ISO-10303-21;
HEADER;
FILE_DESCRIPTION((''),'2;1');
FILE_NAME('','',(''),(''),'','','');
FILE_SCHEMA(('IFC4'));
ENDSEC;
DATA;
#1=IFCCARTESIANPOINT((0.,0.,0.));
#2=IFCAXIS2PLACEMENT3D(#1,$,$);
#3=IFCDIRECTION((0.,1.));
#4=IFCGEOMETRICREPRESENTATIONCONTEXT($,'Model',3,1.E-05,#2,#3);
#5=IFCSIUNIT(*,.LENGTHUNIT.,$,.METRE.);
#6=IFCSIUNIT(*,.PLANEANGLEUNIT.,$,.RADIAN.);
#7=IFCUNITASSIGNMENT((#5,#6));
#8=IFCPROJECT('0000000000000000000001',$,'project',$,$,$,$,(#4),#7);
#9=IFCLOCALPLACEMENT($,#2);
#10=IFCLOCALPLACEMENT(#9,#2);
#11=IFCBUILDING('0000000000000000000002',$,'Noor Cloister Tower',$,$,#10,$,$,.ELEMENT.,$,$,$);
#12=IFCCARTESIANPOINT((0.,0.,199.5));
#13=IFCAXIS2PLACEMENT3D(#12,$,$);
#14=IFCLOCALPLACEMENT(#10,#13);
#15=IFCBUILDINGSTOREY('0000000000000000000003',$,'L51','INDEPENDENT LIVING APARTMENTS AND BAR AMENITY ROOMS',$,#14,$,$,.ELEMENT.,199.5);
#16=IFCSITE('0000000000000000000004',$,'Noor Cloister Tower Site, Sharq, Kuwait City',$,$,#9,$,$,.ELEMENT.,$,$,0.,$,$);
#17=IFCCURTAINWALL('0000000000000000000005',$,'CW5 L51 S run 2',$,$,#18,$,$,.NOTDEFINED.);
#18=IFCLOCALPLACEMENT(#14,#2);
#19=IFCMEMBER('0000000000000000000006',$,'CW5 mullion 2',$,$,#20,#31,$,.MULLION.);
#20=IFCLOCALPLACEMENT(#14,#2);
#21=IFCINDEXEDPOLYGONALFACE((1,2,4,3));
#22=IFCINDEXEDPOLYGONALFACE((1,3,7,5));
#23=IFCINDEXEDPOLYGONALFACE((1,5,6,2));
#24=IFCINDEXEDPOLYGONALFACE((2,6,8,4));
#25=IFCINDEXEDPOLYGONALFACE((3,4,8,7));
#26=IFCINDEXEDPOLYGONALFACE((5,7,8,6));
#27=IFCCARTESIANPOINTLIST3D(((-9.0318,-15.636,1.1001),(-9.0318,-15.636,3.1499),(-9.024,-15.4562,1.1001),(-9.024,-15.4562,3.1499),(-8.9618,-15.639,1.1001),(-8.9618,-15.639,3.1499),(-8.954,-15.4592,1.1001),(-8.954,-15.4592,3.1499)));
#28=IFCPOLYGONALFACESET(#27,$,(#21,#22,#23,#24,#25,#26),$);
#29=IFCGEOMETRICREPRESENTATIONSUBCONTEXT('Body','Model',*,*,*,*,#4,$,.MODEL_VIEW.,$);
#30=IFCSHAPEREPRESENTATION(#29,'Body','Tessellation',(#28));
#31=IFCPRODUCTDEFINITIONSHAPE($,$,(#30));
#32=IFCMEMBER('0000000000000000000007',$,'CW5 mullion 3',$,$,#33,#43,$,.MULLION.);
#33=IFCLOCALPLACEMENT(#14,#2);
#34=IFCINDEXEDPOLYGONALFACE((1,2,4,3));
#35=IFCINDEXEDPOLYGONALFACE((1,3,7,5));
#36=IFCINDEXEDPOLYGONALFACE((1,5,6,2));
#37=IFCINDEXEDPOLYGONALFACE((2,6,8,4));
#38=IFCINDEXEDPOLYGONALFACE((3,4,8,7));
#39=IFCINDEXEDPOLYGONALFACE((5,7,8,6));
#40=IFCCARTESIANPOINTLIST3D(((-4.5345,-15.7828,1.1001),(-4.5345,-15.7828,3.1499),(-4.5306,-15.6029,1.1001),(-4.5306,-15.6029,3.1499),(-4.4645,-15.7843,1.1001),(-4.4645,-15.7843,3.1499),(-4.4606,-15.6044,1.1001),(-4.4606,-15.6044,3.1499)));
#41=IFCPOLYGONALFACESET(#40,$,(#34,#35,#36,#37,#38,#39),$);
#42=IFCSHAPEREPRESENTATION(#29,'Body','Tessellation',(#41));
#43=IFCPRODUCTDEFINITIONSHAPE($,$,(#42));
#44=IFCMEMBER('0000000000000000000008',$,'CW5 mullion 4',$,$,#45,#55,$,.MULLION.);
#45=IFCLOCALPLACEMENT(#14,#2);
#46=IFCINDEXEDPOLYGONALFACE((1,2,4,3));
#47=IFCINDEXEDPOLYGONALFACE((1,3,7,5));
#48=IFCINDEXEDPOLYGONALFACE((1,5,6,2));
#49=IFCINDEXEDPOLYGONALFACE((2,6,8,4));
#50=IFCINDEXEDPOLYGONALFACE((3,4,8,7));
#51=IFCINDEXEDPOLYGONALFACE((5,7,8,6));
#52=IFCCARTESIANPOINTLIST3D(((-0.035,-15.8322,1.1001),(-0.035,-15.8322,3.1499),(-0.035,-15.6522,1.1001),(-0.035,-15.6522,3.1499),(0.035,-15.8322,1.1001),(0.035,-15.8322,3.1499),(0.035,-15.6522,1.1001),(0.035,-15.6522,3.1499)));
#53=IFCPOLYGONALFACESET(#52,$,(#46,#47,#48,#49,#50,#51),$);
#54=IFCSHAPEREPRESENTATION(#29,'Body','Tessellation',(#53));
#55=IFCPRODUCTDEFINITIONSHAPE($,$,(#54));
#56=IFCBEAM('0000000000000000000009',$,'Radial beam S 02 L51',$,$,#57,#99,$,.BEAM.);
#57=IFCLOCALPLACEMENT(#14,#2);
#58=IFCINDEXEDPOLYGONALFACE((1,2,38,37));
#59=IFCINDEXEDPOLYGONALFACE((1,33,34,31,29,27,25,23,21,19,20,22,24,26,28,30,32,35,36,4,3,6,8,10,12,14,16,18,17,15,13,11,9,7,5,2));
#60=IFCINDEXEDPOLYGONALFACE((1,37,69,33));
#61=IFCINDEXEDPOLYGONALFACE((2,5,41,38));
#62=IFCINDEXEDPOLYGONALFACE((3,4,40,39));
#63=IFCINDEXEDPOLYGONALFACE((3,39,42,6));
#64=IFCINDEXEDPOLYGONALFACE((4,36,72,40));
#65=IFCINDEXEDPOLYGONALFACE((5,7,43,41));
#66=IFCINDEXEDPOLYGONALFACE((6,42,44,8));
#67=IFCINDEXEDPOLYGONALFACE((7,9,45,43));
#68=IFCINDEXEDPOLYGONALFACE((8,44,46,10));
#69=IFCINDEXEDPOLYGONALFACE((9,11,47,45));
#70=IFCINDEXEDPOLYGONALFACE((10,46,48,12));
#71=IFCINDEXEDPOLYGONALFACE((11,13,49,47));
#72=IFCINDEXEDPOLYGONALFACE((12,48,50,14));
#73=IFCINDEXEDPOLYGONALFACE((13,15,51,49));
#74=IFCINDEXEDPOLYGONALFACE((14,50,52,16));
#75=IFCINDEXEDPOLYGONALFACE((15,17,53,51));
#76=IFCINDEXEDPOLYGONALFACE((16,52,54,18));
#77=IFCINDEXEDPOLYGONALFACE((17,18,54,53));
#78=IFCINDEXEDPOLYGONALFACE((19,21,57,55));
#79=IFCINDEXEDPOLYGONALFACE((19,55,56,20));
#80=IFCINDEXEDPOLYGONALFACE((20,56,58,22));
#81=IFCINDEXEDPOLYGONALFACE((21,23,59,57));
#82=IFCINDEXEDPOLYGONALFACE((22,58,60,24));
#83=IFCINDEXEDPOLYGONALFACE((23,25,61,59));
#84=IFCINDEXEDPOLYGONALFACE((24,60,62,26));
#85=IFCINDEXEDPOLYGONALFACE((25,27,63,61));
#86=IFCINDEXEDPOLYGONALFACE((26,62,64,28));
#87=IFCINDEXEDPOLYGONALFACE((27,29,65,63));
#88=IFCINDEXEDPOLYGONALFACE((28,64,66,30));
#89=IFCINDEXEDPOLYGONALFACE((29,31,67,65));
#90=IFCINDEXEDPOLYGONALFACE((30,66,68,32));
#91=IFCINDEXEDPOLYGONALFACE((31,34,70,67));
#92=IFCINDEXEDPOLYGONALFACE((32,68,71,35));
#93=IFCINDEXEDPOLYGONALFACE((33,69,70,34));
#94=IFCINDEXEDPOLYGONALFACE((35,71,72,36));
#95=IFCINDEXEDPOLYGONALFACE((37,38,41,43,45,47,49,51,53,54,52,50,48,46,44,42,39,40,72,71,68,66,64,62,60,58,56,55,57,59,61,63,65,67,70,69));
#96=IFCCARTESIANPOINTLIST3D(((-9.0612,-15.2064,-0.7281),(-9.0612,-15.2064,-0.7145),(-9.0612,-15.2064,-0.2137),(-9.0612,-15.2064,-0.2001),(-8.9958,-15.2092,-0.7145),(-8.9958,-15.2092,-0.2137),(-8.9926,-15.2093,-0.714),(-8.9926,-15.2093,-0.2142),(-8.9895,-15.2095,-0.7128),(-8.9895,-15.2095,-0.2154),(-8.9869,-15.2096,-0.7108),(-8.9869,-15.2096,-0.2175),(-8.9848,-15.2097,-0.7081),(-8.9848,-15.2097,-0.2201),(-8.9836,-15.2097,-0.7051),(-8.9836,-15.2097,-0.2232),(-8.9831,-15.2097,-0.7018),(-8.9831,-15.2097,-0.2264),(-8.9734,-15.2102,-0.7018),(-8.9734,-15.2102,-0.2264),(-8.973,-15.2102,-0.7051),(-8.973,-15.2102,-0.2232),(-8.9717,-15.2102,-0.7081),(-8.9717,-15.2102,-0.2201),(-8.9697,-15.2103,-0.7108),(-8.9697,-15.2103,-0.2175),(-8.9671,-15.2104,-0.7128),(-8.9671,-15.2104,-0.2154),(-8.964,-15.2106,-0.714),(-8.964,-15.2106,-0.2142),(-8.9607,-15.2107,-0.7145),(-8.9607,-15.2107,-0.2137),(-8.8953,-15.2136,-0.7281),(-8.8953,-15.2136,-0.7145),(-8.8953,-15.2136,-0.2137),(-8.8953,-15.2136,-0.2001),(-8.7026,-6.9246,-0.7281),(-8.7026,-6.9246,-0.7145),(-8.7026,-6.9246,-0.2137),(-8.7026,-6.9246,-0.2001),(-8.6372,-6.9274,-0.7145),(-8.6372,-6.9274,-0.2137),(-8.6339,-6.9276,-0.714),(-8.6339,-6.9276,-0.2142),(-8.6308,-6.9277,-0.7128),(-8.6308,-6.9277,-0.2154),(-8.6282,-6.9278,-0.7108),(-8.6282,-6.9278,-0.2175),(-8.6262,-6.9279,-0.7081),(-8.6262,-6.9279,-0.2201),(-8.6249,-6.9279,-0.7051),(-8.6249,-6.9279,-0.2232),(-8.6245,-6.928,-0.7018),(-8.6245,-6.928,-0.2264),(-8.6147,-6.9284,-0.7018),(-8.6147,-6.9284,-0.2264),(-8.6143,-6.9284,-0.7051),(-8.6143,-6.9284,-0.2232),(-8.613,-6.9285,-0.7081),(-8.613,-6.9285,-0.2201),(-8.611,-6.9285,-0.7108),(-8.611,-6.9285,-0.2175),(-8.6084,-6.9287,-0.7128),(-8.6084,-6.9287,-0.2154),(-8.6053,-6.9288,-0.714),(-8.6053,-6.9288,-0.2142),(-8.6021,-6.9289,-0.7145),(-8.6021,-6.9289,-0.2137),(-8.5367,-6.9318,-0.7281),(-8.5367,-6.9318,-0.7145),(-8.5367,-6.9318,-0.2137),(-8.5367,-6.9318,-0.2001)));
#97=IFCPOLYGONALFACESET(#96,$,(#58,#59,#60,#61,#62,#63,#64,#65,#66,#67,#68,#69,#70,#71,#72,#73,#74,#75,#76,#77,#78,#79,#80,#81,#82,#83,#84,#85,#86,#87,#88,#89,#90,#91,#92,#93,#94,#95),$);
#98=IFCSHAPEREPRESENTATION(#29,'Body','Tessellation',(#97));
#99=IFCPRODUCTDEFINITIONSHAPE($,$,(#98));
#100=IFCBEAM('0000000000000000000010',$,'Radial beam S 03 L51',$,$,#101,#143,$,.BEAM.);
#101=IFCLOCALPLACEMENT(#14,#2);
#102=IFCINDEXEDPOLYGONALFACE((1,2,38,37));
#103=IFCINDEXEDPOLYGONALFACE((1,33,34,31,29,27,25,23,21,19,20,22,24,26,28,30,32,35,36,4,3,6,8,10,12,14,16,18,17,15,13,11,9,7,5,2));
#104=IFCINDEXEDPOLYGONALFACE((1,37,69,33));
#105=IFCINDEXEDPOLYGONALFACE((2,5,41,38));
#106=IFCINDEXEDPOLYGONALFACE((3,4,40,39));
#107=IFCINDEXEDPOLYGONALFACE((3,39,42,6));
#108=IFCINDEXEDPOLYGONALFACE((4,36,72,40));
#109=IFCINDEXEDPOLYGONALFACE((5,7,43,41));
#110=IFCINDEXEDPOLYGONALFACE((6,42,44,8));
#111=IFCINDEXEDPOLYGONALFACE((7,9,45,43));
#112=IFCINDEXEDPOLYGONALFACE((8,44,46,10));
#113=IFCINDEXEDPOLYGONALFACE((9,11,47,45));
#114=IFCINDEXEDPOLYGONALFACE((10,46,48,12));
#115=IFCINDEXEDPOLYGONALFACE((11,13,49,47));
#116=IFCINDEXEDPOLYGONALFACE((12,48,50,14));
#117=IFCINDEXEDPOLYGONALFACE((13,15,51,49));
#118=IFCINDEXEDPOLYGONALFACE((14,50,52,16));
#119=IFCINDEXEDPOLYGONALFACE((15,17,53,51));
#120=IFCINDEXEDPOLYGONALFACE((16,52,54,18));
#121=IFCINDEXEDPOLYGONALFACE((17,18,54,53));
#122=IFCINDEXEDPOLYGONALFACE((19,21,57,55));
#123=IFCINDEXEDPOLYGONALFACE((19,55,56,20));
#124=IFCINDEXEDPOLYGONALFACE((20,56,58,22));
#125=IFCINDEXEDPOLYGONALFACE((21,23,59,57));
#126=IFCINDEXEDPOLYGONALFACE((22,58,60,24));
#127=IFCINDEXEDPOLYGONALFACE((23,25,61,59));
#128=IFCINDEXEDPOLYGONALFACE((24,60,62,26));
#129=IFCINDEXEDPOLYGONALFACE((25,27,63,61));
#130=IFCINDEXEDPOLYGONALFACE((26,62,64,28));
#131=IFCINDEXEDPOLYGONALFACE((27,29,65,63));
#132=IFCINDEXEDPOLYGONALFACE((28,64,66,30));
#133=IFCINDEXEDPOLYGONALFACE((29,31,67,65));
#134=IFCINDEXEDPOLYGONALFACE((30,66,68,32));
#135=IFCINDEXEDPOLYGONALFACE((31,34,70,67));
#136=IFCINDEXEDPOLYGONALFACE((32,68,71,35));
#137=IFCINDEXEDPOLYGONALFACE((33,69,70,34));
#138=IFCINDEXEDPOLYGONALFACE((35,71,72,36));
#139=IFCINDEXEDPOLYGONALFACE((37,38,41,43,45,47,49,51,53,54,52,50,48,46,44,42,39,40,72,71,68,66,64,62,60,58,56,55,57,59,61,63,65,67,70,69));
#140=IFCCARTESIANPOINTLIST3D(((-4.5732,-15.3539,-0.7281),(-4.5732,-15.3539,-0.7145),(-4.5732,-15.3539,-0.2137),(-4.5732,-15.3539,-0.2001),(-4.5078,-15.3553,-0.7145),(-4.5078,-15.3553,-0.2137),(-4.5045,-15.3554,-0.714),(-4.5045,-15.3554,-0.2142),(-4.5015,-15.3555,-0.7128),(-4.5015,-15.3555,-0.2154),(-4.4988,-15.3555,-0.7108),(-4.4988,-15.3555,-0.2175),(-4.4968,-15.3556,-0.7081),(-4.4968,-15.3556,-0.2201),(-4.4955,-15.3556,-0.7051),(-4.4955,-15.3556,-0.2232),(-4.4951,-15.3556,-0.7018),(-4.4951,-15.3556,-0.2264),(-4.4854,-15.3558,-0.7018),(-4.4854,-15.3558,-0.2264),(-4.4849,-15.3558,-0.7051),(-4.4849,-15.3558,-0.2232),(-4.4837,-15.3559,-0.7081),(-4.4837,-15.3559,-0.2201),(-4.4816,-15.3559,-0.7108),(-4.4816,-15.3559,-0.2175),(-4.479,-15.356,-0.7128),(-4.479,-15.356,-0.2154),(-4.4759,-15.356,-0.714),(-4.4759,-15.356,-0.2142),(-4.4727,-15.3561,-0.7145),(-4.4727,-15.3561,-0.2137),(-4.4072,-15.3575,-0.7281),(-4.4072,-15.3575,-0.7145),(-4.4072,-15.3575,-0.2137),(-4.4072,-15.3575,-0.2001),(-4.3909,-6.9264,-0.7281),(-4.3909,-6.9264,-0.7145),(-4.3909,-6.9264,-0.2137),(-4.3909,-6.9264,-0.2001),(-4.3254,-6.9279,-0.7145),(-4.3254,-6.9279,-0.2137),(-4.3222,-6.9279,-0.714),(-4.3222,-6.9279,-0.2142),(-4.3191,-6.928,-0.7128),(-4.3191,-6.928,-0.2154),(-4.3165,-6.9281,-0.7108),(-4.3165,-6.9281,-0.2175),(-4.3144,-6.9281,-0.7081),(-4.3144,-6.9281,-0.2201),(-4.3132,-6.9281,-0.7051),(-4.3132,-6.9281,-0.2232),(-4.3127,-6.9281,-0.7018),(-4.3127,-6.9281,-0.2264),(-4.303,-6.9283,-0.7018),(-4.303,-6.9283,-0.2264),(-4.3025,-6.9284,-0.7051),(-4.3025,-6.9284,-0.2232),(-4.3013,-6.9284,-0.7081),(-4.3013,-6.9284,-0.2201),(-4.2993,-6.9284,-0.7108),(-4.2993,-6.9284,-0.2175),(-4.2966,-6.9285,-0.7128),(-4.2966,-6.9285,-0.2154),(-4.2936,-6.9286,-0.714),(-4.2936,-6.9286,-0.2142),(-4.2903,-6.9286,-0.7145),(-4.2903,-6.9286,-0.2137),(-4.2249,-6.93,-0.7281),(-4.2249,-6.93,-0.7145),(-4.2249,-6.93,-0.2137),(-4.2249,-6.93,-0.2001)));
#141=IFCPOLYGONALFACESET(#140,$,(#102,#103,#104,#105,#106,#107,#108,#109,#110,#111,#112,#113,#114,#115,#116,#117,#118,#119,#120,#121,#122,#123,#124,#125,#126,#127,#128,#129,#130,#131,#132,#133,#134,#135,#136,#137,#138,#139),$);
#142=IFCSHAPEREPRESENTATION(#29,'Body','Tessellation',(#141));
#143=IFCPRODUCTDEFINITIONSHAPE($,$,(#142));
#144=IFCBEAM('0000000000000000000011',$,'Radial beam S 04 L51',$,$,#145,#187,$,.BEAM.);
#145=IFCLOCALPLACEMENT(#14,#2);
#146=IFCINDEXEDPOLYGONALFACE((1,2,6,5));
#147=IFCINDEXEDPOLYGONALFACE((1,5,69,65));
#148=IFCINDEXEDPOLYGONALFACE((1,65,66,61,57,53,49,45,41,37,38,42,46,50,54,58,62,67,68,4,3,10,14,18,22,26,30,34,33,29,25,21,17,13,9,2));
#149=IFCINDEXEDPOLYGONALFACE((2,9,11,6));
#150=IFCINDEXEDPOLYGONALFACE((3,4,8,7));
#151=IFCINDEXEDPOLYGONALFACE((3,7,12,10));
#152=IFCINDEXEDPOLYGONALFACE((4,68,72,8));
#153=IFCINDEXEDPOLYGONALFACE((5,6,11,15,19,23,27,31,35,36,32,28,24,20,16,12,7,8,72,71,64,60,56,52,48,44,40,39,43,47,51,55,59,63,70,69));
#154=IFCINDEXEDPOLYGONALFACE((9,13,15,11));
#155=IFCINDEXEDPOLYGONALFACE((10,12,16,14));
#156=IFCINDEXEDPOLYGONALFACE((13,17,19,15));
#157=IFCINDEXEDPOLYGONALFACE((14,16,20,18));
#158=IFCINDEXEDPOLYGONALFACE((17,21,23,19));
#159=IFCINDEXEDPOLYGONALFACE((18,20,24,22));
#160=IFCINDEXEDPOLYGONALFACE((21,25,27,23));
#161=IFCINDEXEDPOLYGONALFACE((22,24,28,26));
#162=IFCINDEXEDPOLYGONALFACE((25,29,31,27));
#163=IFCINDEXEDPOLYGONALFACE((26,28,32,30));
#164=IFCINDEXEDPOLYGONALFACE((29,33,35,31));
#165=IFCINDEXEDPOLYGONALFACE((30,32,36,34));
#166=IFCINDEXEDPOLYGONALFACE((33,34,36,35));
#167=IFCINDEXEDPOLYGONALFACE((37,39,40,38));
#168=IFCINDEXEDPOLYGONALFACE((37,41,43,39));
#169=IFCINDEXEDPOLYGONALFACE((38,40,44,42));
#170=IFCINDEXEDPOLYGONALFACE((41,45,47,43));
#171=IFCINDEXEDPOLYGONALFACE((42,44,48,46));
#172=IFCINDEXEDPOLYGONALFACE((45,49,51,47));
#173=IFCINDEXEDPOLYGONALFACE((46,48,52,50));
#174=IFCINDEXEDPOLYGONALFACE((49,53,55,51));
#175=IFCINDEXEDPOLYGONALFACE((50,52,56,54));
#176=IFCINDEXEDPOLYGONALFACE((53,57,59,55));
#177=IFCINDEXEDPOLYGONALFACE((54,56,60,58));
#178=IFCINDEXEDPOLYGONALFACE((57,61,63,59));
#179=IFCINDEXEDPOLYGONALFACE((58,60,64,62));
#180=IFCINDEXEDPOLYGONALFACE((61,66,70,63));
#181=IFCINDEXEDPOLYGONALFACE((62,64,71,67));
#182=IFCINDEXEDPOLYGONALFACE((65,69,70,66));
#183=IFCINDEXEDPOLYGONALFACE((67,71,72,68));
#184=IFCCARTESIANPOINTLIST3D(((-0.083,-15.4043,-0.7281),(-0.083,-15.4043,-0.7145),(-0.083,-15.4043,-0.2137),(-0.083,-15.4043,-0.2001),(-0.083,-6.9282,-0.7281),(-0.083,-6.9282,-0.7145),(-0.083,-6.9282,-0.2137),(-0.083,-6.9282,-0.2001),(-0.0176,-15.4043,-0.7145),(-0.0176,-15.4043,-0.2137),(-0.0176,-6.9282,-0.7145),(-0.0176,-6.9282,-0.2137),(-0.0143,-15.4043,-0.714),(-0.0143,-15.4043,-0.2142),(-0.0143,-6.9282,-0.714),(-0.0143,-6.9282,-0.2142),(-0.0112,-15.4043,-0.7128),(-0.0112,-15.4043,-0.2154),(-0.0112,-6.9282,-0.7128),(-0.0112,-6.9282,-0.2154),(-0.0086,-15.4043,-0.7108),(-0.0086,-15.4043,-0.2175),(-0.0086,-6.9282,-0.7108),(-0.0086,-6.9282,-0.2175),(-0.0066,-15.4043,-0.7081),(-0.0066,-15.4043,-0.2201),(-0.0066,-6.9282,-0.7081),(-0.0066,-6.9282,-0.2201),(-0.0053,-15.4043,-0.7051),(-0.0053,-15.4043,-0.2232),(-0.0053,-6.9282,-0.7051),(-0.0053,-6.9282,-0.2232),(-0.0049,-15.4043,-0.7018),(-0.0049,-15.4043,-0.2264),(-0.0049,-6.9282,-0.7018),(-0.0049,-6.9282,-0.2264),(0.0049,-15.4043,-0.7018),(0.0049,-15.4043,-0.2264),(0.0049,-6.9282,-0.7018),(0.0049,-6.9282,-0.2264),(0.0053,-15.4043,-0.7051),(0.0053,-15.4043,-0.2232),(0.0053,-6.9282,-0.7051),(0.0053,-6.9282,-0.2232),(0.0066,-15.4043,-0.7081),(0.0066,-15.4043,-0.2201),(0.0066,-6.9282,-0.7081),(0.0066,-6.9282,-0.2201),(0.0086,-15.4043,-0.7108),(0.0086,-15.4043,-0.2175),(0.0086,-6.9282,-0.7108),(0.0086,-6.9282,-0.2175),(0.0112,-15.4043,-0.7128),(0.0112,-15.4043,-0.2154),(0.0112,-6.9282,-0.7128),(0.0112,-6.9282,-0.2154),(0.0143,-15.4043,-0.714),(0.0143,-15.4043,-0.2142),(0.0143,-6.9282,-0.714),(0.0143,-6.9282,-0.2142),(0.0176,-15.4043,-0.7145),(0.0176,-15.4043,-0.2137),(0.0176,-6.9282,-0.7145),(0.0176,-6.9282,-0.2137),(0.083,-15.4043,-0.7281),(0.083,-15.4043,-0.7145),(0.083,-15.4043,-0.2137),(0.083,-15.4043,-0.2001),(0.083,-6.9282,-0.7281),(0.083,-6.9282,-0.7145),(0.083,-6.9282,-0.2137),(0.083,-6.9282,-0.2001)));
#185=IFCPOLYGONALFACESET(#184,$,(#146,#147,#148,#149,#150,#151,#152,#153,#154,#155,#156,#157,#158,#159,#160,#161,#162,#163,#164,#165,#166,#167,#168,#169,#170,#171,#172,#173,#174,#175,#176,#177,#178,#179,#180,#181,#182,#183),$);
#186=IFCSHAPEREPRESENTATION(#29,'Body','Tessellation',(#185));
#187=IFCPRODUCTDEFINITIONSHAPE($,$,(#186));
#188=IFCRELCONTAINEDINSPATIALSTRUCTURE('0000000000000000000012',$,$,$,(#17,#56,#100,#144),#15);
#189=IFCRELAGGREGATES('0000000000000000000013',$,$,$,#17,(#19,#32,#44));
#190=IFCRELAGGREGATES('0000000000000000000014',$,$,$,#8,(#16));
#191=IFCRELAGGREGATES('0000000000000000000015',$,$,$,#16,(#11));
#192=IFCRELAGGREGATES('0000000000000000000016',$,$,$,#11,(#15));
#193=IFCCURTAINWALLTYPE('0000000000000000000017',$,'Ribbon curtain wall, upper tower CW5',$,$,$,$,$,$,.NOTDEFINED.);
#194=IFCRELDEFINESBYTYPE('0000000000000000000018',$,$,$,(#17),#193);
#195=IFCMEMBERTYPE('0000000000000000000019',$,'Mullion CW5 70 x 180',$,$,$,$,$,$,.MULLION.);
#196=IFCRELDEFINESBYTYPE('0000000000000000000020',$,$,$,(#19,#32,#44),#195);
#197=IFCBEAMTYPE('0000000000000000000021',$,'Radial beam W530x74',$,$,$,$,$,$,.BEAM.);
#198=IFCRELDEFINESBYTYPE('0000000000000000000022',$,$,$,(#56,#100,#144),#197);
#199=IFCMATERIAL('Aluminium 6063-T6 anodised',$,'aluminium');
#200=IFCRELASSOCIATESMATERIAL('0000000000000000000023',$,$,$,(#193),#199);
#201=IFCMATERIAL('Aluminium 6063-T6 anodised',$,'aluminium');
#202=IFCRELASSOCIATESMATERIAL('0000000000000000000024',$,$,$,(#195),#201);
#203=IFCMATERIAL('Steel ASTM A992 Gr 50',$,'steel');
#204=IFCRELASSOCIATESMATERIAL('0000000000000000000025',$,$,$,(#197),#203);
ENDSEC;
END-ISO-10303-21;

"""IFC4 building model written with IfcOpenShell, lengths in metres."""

from ifc_helpers import new_model, si_unit, direction, frame, origin, origin_2d, place, context, subcontext, project, spatial, rectangle, i_section, extrude, material, material_profile, profile_set, type_object, element, aggregate, save


model = new_model("IFC4")

# Units and contexts
model_context = context("Model", 3, precision=1e-05, world=origin(), true_north=direction((0.0, 1.0)))
body_context = subcontext(model_context, "Body", "Model", "MODEL_VIEW")
ifc_project = project(units=[si_unit("LENGTHUNIT", "METRE"), si_unit("PLANEANGLEUNIT", "RADIAN")], contexts=[model_context])

# Site, building, storey
site_placement = place(None, origin())
site = spatial("IfcSite", under=ifc_project, at=site_placement, Name="Noor Cloister Tower Site, Sharq, Kuwait City", CompositionType="ELEMENT", RefElevation=0.0)
building_placement = place(site_placement, origin())
building = spatial("IfcBuilding", under=site, at=building_placement, Name="Noor Cloister Tower", CompositionType="ELEMENT")
storey_placement = place(building_placement, frame((0.0, 0.0, 199.5)))
storey = spatial("IfcBuildingStorey", under=building, at=storey_placement, Name="L51", Description="INDEPENDENT LIVING APARTMENTS AND BAR AMENITY ROOMS", CompositionType="ELEMENT", Elevation=199.5)

# Shared definitions
ifc_material_1 = material(Name="Aluminium 6063-T6 anodised", Category="aluminium")
curtain_wall_type = type_object("IfcCurtainWallType", Name="Ribbon curtain wall, upper tower CW5", PredefinedType="NOTDEFINED", material=ifc_material_1)

# Curtain wall, members
curtain_wall_1_placement = place(storey_placement, origin())
curtain_wall_1 = element("IfcCurtainWall", 1, at=curtain_wall_1_placement, inside=storey, type_object=curtain_wall_type, Name="CW5 L51 S run 2", PredefinedType="NOTDEFINED")
ifc_material_2 = material(Name="Aluminium 6063-T6 anodised", Category="aluminium")
ifc_material_profile_1 = material_profile(ifc_material_2, rectangle(XDim=0.1799, YDim=0.0701, at=origin_2d()), Name="180 x 70 mullion")
ifc_profile_set_1 = profile_set([ifc_material_profile_1], Name="Aluminium 6063-T6 anodised")
member_type_1 = type_object("IfcMemberType", Name="Mullion CW5 70 x 180", PredefinedType="MULLION", material=ifc_profile_set_1)
member_1_placement = place(storey_placement, frame((-8.9929, -15.5476, 1.1001), z_axis=(0.0, 0.0, 1.0), x_axis=(0.043267, 0.999064, 0.0)))
member_1 = element("IfcMember", 2, at=member_1_placement, type_object=member_type_1, Name="CW5 mullion 2", PredefinedType="MULLION", context=body_context, shape_type="SweptSolid", body=[
    extrude(rectangle(XDim=0.1799, YDim=0.0701, at=origin_2d()), origin(), (0.0, 0.0, 1.0), 2.0498),
])
member_2_placement = place(storey_placement, frame((-4.4976, -15.6936, 1.1001), z_axis=(0.0, 0.0, 1.0), x_axis=(0.021639, 0.999766, 0.0)))
member_2 = element("IfcMember", 3, at=member_2_placement, type_object=member_type_1, Name="CW5 mullion 3", PredefinedType="MULLION", context=body_context, shape_type="SweptSolid", body=[
    extrude(rectangle(XDim=0.1799, YDim=0.0701, at=origin_2d()), origin(), (0.0, 0.0, 1.0), 2.0498),
])
member_3_placement = place(storey_placement, frame((0.0, -15.7422, 1.1001), z_axis=(0.0, 0.0, 1.0), x_axis=(0.0, 1.0, 0.0)))
member_3 = element("IfcMember", 4, at=member_3_placement, type_object=member_type_1, Name="CW5 mullion 4", PredefinedType="MULLION", context=body_context, shape_type="SweptSolid", body=[
    extrude(rectangle(XDim=0.1799, YDim=0.0701, at=origin_2d()), origin(), (0.0, 0.0, 1.0), 2.0498),
])

# Beams
ifc_material_3 = material(Name="Steel ASTM A992 Gr 50", Category="steel")
ifc_material_profile_2 = material_profile(ifc_material_3, i_section(OverallWidth=0.166, OverallDepth=0.5281, WebThickness=0.0098, FlangeThickness=0.0137, FilletRadius=0.0127, at=origin_2d()), Name="W530x74")
ifc_profile_set_2 = profile_set([ifc_material_profile_2], Name="Steel ASTM A992 Gr 50")
beam_type_1 = type_object("IfcBeamType", Name="Radial beam W530x74", PredefinedType="BEAM", material=ifc_profile_set_2)
beam_1_placement = place(storey_placement, frame((-8.9783, -15.21, -0.4641), z_axis=(0.043265, 0.999064, 0.0), x_axis=(-0.999064, 0.043265, 0.0)))
element("IfcBeam", 5, at=beam_1_placement, inside=storey, type_object=beam_type_1, Name="Radial beam S 02 L51", PredefinedType="BEAM", context=body_context, shape_type="SweptSolid", body=[
    extrude(i_section(OverallWidth=0.166, OverallDepth=0.5281, WebThickness=0.0098, FlangeThickness=0.0137, FilletRadius=0.0127, at=origin_2d()), origin(), (0.0, 0.0, 1.0), 8.2896),
])
beam_2_placement = place(storey_placement, frame((-4.4902, -15.3557, -0.4641), z_axis=(0.021635, 0.999766, 0.0), x_axis=(-0.999766, 0.021635, 0.0)))
element("IfcBeam", 6, at=beam_2_placement, inside=storey, type_object=beam_type_1, Name="Radial beam S 03 L51", PredefinedType="BEAM", context=body_context, shape_type="SweptSolid", body=[
    extrude(i_section(OverallWidth=0.166, OverallDepth=0.5281, WebThickness=0.0098, FlangeThickness=0.0137, FilletRadius=0.0127, at=origin_2d()), origin(), (0.0, 0.0, 1.0), 8.4294),
])
beam_3_placement = place(storey_placement, frame((0.0, -15.4043, -0.4641), z_axis=(0.0, 1.0, 0.0), x_axis=(-1.0, 0.0, 0.0)))
element("IfcBeam", 7, at=beam_3_placement, inside=storey, type_object=beam_type_1, Name="Radial beam S 04 L51", PredefinedType="BEAM", context=body_context, shape_type="SweptSolid", body=[
    extrude(i_section(OverallWidth=0.166, OverallDepth=0.5281, WebThickness=0.0098, FlangeThickness=0.0137, FilletRadius=0.0127, at=origin_2d()), origin(), (0.0, 0.0, 1.0), 8.4761),
])

aggregate(curtain_wall_1, [member_1, member_2, member_3])

save(model, "model.ifc")
